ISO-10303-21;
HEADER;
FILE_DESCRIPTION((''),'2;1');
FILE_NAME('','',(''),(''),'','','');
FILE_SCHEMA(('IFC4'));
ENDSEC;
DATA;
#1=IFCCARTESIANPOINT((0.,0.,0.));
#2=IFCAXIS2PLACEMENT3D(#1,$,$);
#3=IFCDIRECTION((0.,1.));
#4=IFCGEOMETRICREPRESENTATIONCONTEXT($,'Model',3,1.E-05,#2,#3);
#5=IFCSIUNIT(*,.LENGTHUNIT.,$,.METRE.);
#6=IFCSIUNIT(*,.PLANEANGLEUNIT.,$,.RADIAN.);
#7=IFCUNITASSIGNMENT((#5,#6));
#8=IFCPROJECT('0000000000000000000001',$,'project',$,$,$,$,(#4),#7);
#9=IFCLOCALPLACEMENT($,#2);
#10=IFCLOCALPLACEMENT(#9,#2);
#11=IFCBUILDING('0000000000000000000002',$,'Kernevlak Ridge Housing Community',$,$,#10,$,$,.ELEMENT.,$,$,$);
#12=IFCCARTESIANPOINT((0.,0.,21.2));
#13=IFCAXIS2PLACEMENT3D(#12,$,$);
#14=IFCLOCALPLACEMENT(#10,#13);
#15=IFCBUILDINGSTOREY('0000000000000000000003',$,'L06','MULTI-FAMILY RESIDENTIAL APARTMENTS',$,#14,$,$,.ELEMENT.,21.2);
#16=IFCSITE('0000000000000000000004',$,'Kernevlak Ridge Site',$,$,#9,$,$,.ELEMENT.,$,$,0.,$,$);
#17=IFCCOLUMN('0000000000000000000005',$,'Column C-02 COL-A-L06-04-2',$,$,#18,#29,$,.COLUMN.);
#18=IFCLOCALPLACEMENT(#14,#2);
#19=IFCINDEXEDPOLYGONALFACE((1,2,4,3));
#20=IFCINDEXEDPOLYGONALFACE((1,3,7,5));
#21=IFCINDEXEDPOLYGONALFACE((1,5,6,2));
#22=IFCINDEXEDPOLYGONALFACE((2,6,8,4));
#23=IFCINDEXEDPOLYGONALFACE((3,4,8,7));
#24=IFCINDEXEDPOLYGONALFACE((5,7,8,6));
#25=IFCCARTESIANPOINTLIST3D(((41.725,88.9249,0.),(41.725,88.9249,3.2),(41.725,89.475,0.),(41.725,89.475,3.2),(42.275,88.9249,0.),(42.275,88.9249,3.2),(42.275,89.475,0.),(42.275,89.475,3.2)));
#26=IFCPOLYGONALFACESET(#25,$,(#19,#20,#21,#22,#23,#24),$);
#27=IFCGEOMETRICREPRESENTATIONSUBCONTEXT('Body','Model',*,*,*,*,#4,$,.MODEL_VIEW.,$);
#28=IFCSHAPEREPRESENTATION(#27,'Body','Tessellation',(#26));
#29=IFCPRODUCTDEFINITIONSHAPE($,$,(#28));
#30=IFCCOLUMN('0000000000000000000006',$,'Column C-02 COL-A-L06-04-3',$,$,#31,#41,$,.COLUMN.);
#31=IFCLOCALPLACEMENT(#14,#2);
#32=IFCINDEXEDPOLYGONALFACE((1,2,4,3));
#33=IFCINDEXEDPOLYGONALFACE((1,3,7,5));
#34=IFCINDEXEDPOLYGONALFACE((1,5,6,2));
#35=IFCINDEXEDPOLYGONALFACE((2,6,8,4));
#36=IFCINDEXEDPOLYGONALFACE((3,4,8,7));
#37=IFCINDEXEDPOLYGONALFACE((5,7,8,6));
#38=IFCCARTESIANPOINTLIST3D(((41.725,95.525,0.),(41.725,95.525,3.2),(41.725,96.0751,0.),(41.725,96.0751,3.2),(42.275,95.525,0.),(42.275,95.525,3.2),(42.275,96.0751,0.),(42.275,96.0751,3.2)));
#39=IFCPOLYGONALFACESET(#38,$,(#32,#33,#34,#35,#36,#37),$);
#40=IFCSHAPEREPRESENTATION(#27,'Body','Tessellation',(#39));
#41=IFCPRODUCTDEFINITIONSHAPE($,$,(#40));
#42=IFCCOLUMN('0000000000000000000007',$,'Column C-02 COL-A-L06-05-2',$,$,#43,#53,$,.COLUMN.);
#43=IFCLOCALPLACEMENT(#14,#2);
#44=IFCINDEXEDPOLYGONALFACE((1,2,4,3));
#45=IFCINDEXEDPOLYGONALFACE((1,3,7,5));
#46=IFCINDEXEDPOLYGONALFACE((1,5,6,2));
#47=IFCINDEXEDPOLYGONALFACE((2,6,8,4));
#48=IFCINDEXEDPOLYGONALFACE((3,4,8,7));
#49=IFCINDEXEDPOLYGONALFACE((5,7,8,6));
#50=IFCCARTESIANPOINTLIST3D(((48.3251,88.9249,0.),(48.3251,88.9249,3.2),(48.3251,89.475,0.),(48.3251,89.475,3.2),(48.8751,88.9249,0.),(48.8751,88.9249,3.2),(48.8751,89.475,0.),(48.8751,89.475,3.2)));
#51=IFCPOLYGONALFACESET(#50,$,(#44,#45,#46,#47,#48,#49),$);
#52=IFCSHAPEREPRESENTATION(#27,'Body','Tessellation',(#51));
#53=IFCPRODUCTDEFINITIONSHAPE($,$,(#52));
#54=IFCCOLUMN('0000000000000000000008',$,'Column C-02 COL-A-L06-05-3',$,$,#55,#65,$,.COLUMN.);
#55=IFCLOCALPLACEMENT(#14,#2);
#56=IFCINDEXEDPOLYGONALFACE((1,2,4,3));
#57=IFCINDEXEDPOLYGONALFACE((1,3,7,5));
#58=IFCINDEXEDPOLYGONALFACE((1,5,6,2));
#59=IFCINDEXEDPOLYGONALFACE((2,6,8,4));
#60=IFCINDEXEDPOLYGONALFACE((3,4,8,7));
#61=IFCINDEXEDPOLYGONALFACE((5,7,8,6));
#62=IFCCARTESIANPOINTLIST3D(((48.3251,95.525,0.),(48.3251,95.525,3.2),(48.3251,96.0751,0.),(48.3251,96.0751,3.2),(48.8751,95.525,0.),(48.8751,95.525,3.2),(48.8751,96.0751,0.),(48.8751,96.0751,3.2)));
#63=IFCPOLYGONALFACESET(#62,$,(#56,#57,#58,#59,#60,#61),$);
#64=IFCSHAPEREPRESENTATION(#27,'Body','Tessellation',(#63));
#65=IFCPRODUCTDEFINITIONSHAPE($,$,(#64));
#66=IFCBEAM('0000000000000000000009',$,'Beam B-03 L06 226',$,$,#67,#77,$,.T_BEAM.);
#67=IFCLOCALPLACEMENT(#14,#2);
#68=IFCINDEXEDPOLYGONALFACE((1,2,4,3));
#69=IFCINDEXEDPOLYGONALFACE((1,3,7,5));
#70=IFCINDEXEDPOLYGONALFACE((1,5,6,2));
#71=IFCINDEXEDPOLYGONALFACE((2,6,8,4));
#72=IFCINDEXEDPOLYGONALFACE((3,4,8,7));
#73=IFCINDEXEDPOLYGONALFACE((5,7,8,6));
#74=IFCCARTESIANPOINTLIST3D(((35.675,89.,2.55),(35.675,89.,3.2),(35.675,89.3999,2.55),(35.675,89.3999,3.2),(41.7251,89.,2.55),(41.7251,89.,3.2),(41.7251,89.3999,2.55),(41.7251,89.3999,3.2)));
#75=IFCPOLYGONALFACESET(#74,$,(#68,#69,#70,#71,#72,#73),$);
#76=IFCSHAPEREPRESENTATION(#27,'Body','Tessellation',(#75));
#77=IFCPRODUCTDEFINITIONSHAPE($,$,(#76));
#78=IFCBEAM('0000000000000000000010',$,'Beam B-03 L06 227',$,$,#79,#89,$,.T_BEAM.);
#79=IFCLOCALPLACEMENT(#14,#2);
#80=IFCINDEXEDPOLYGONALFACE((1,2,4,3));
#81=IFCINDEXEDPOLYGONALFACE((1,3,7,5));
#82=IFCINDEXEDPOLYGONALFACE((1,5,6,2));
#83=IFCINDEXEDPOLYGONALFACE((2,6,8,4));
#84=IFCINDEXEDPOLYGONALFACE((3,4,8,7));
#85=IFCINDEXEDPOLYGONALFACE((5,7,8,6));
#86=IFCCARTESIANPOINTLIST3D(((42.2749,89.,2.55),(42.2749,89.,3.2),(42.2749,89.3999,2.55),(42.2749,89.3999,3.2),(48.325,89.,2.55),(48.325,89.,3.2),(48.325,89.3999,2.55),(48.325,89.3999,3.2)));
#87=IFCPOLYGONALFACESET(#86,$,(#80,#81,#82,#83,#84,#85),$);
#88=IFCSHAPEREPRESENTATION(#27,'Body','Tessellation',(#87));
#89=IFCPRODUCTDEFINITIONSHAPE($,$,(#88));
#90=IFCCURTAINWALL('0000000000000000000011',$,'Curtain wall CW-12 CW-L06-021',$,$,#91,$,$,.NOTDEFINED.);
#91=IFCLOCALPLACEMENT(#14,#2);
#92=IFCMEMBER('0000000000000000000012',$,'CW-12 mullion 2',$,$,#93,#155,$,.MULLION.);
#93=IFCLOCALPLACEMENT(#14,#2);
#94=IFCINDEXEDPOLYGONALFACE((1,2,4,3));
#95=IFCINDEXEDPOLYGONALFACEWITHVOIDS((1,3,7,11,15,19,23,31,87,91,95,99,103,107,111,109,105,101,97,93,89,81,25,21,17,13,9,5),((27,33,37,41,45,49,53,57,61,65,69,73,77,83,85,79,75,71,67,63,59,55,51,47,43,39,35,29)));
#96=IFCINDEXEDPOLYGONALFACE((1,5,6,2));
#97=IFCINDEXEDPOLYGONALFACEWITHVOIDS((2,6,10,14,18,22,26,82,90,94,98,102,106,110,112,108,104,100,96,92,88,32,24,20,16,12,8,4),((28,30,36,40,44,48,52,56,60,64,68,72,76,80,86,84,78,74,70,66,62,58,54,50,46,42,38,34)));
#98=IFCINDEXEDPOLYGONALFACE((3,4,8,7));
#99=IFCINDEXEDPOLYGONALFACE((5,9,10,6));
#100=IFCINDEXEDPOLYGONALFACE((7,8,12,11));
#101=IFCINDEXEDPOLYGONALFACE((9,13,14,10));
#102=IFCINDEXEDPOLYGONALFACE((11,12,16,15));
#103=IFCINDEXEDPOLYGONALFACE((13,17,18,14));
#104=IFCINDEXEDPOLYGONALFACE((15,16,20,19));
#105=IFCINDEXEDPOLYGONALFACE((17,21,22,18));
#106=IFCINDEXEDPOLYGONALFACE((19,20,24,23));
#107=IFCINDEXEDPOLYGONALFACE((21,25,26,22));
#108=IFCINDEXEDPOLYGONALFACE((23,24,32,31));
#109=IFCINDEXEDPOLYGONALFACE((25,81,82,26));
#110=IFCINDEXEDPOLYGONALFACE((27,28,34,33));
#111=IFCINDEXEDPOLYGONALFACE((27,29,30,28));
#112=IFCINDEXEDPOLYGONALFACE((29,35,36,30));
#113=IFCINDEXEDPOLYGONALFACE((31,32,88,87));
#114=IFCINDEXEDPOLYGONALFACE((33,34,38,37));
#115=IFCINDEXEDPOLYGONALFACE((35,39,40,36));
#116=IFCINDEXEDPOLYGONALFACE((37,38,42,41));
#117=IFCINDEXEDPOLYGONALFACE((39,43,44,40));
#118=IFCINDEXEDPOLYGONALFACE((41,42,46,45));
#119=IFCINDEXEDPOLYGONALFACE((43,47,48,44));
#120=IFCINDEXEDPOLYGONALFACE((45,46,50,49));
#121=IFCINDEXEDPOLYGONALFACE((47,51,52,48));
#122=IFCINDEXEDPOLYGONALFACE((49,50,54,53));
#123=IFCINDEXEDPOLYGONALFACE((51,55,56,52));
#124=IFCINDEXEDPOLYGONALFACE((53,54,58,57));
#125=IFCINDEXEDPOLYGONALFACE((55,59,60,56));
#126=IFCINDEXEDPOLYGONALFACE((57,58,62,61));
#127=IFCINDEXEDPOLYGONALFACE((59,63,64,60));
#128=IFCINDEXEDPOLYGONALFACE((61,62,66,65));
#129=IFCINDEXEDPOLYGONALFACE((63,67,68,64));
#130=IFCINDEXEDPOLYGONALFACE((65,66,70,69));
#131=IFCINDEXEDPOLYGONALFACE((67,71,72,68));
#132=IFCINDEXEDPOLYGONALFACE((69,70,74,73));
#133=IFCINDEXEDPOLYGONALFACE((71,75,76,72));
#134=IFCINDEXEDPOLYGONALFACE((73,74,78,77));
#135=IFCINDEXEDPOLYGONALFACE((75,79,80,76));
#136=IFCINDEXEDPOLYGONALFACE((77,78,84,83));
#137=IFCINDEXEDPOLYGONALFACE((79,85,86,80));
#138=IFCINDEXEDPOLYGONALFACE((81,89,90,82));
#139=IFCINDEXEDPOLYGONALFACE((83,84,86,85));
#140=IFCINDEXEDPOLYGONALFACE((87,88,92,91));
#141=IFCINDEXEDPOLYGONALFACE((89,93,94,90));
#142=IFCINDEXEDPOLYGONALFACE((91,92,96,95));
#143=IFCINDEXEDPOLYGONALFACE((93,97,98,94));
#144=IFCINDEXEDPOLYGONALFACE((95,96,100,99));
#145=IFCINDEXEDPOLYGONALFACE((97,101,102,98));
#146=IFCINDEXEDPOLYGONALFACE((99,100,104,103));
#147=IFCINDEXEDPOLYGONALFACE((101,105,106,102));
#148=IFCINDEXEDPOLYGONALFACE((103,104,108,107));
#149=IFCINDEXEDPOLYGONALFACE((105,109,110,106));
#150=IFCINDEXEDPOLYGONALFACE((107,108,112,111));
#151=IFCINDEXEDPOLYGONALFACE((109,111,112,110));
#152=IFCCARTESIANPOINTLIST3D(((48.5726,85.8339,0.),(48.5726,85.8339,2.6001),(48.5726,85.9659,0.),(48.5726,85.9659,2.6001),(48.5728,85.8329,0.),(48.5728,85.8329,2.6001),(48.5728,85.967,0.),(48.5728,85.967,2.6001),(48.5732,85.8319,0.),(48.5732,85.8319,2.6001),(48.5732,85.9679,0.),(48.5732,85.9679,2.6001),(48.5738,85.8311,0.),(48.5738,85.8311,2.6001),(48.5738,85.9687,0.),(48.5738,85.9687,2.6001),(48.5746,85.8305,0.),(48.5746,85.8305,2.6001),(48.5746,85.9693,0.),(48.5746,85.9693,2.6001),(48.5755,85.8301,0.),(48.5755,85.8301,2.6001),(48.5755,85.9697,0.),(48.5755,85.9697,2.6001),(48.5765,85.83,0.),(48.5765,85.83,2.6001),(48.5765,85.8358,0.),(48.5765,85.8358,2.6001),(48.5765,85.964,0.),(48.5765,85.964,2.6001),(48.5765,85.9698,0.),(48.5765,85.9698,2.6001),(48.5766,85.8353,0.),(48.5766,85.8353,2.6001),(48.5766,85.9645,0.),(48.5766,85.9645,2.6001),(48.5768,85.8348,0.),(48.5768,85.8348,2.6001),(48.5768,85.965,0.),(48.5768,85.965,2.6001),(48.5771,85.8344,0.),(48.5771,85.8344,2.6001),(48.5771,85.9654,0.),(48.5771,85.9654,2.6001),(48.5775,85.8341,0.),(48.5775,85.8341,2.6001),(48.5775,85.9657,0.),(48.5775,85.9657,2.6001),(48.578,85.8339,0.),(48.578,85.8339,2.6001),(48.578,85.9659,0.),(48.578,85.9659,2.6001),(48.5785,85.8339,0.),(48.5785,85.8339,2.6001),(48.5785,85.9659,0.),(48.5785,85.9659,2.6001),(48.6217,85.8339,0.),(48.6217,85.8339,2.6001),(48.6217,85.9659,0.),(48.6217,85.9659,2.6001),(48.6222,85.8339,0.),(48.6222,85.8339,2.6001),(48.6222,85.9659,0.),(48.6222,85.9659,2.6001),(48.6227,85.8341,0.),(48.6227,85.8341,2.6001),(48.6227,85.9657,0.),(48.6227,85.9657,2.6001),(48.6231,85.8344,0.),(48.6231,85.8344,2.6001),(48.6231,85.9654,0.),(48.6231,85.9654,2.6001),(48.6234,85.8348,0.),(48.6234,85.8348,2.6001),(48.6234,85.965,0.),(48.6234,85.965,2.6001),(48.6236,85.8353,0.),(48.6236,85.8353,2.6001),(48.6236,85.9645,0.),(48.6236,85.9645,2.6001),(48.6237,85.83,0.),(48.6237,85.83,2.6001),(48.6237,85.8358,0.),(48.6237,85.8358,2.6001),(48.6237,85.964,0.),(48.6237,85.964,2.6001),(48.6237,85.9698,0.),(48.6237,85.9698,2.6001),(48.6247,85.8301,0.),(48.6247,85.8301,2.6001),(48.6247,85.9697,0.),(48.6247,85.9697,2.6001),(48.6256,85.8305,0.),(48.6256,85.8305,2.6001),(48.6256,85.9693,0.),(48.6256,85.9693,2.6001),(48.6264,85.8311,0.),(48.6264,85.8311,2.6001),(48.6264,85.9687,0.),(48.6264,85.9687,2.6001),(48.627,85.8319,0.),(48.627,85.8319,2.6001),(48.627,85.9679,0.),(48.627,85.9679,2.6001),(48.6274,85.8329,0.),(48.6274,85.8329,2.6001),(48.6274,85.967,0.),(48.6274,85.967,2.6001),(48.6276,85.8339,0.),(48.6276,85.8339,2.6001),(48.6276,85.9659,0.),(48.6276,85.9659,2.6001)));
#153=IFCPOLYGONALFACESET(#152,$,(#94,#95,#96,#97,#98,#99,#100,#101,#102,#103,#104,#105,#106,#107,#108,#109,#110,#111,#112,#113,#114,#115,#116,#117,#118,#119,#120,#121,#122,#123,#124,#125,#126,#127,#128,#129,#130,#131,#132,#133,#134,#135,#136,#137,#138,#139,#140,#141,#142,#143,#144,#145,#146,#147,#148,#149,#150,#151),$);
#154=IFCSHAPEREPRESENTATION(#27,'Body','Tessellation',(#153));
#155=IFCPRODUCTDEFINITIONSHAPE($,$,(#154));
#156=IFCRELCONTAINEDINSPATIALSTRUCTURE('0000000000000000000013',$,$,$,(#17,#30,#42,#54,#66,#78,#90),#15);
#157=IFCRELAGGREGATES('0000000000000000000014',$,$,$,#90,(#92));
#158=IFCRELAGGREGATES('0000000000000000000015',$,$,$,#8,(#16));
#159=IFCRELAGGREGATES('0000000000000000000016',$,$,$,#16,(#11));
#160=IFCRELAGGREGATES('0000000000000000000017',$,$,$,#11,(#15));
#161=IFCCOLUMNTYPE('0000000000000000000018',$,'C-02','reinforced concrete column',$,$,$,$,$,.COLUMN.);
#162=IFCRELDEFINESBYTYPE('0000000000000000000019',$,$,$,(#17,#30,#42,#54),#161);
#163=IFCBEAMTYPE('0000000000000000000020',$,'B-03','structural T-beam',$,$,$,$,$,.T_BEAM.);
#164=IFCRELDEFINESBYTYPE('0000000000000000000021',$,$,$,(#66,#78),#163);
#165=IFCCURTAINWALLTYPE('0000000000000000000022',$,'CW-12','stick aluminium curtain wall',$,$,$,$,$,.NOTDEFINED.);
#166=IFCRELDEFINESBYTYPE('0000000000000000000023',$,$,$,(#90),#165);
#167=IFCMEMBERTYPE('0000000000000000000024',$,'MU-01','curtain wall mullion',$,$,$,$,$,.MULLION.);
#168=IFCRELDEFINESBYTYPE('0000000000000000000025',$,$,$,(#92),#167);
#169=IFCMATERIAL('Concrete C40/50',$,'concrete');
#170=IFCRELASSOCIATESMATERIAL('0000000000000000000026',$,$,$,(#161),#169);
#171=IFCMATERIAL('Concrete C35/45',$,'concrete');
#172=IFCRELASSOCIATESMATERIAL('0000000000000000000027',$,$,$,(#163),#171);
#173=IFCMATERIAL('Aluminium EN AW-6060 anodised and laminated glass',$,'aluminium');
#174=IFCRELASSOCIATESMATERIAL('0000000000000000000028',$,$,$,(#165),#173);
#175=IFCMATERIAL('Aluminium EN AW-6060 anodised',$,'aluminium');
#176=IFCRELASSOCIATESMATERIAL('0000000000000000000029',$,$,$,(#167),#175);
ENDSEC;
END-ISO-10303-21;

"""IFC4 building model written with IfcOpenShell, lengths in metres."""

from ifc_helpers import new_model, si_unit, direction, frame, origin, origin_2d, place, context, subcontext, project, spatial, rectangle, hollow_rectangle, extrude, material, material_profile, profile_set, type_object, element, aggregate, save


model = new_model("IFC4")

# Units and contexts
model_context = context("Model", 3, precision=1e-05, world=origin(), true_north=direction((0.0, 1.0)))
body_context = subcontext(model_context, "Body", "Model", "MODEL_VIEW")
ifc_project = project(units=[si_unit("LENGTHUNIT", "METRE"), si_unit("PLANEANGLEUNIT", "RADIAN")], contexts=[model_context])

# Site, building, storey
site_placement = place(None, origin())
site = spatial("IfcSite", under=ifc_project, at=site_placement, Name="Kernevlak Ridge Site", CompositionType="ELEMENT", RefElevation=0.0)
building_placement = place(site_placement, origin())
building = spatial("IfcBuilding", under=site, at=building_placement, Name="Kernevlak Ridge Housing Community", CompositionType="ELEMENT")
storey_placement = place(building_placement, frame((0.0, 0.0, 21.2)))
storey = spatial("IfcBuildingStorey", under=building, at=storey_placement, Name="L06", Description="MULTI-FAMILY RESIDENTIAL APARTMENTS", CompositionType="ELEMENT", Elevation=21.2)

# Columns
ifc_material_1 = material(Name="Concrete C40/50", Category="concrete")
ifc_material_profile_1 = material_profile(ifc_material_1, rectangle(XDim=0.55, YDim=0.55, at=origin_2d()), Name="RC 550x550")
ifc_profile_set_1 = profile_set([ifc_material_profile_1], Name="Concrete C40/50")
column_type = type_object("IfcColumnType", Name="C-02", Description="reinforced concrete column", PredefinedType="COLUMN", material=ifc_profile_set_1)
for number, where, z_axis, x_axis, name in (
    (1, (42.0, 89.2, 0.0), (0.0, 0.0, 1.0), (1.0, 0.0, 0.0), "Column C-02 COL-A-L06-04-2"),
    (2, (42.0, 95.8, 0.0), (0.0, 0.0, 1.0), (1.0, 0.0, 0.0), "Column C-02 COL-A-L06-04-3"),
    (3, (48.6001, 89.2, 0.0), (0.0, 0.0, 1.0), (1.0, 0.0, 0.0), "Column C-02 COL-A-L06-05-2"),
    (4, (48.6001, 95.8, 0.0), (0.0, 0.0, 1.0), (1.0, 0.0, 0.0), "Column C-02 COL-A-L06-05-3"),
):
    element("IfcColumn", number, at=place(storey_placement, frame(where, z_axis=z_axis, x_axis=x_axis)), inside=storey, type_object=column_type, Name=name, PredefinedType="COLUMN", context=body_context, shape_type="SweptSolid", body=[
        extrude(rectangle(XDim=0.55, YDim=0.55, at=origin_2d()), origin(), (0.0, 0.0, 1.0), 3.2),
    ])

# Beams
ifc_material_2 = material(Name="Concrete C35/45", Category="concrete")
ifc_material_profile_2 = material_profile(ifc_material_2, rectangle(XDim=0.3999, YDim=0.6499, at=origin_2d()), Name="RC 400x650")
ifc_profile_set_2 = profile_set([ifc_material_profile_2], Name="Concrete C35/45")
beam_type_1 = type_object("IfcBeamType", Name="B-03", Description="structural T-beam", PredefinedType="T_BEAM", material=ifc_profile_set_2)
for number, where, z_axis, x_axis, name in (
    (5, (35.675, 89.2, 2.875), (1.0, 0.0, 0.0), (0.0, 1.0, 0.0), "Beam B-03 L06 226"),
    (6, (42.2749, 89.2, 2.875), (1.0, 0.0, 0.0), (0.0, 1.0, 0.0), "Beam B-03 L06 227"),
):
    element("IfcBeam", number, at=place(storey_placement, frame(where, z_axis=z_axis, x_axis=x_axis)), inside=storey, type_object=beam_type_1, Name=name, PredefinedType="T_BEAM", context=body_context, shape_type="SweptSolid", body=[
        extrude(rectangle(XDim=0.3999, YDim=0.6499, at=origin_2d()), origin(), (0.0, 0.0, 1.0), 6.05),
    ])

# Curtain wall, member
ifc_material_3 = material(Name="Aluminium EN AW-6060 anodised and laminated glass", Category="aluminium")
curtain_wall_type = type_object("IfcCurtainWallType", Name="CW-12", Description="stick aluminium curtain wall", PredefinedType="NOTDEFINED", material=ifc_material_3)
curtain_wall_placement = place(storey_placement, origin())
curtain_wall = element("IfcCurtainWall", 7, at=curtain_wall_placement, inside=storey, type_object=curtain_wall_type, Name="Curtain wall CW-12 CW-L06-021", PredefinedType="NOTDEFINED")
ifc_material_4 = material(Name="Aluminium EN AW-6060 anodised", Category="aluminium")
ifc_material_profile_3 = material_profile(ifc_material_4, hollow_rectangle(XDim=0.0549, YDim=0.1399, WallThickness=0.0039, InnerFilletRadius=0.002, OuterFilletRadius=0.0039, at=origin_2d()), Name="ALU 55x140x4")
ifc_profile_set_3 = profile_set([ifc_material_profile_3], Name="Aluminium EN AW-6060 anodised")
member_type = type_object("IfcMemberType", Name="MU-01", Description="curtain wall mullion", PredefinedType="MULLION", material=ifc_profile_set_3)
member_1_placement = place(storey_placement, frame((48.6001, 85.8999, 0.0), z_axis=(0.0, 0.0, 1.0), x_axis=(-1.0, 0.0, 0.0)))
member_1 = element("IfcMember", 8, at=member_1_placement, type_object=member_type, Name="CW-12 mullion 2", PredefinedType="MULLION", context=body_context, shape_type="SweptSolid", body=[
    extrude(hollow_rectangle(XDim=0.0549, YDim=0.1399, WallThickness=0.0039, InnerFilletRadius=0.002, OuterFilletRadius=0.0039, at=origin_2d()), origin(), (0.0, 0.0, 1.0), 2.6001),
])
aggregate(curtain_wall, [member_1])

save(model, "model.ifc")
